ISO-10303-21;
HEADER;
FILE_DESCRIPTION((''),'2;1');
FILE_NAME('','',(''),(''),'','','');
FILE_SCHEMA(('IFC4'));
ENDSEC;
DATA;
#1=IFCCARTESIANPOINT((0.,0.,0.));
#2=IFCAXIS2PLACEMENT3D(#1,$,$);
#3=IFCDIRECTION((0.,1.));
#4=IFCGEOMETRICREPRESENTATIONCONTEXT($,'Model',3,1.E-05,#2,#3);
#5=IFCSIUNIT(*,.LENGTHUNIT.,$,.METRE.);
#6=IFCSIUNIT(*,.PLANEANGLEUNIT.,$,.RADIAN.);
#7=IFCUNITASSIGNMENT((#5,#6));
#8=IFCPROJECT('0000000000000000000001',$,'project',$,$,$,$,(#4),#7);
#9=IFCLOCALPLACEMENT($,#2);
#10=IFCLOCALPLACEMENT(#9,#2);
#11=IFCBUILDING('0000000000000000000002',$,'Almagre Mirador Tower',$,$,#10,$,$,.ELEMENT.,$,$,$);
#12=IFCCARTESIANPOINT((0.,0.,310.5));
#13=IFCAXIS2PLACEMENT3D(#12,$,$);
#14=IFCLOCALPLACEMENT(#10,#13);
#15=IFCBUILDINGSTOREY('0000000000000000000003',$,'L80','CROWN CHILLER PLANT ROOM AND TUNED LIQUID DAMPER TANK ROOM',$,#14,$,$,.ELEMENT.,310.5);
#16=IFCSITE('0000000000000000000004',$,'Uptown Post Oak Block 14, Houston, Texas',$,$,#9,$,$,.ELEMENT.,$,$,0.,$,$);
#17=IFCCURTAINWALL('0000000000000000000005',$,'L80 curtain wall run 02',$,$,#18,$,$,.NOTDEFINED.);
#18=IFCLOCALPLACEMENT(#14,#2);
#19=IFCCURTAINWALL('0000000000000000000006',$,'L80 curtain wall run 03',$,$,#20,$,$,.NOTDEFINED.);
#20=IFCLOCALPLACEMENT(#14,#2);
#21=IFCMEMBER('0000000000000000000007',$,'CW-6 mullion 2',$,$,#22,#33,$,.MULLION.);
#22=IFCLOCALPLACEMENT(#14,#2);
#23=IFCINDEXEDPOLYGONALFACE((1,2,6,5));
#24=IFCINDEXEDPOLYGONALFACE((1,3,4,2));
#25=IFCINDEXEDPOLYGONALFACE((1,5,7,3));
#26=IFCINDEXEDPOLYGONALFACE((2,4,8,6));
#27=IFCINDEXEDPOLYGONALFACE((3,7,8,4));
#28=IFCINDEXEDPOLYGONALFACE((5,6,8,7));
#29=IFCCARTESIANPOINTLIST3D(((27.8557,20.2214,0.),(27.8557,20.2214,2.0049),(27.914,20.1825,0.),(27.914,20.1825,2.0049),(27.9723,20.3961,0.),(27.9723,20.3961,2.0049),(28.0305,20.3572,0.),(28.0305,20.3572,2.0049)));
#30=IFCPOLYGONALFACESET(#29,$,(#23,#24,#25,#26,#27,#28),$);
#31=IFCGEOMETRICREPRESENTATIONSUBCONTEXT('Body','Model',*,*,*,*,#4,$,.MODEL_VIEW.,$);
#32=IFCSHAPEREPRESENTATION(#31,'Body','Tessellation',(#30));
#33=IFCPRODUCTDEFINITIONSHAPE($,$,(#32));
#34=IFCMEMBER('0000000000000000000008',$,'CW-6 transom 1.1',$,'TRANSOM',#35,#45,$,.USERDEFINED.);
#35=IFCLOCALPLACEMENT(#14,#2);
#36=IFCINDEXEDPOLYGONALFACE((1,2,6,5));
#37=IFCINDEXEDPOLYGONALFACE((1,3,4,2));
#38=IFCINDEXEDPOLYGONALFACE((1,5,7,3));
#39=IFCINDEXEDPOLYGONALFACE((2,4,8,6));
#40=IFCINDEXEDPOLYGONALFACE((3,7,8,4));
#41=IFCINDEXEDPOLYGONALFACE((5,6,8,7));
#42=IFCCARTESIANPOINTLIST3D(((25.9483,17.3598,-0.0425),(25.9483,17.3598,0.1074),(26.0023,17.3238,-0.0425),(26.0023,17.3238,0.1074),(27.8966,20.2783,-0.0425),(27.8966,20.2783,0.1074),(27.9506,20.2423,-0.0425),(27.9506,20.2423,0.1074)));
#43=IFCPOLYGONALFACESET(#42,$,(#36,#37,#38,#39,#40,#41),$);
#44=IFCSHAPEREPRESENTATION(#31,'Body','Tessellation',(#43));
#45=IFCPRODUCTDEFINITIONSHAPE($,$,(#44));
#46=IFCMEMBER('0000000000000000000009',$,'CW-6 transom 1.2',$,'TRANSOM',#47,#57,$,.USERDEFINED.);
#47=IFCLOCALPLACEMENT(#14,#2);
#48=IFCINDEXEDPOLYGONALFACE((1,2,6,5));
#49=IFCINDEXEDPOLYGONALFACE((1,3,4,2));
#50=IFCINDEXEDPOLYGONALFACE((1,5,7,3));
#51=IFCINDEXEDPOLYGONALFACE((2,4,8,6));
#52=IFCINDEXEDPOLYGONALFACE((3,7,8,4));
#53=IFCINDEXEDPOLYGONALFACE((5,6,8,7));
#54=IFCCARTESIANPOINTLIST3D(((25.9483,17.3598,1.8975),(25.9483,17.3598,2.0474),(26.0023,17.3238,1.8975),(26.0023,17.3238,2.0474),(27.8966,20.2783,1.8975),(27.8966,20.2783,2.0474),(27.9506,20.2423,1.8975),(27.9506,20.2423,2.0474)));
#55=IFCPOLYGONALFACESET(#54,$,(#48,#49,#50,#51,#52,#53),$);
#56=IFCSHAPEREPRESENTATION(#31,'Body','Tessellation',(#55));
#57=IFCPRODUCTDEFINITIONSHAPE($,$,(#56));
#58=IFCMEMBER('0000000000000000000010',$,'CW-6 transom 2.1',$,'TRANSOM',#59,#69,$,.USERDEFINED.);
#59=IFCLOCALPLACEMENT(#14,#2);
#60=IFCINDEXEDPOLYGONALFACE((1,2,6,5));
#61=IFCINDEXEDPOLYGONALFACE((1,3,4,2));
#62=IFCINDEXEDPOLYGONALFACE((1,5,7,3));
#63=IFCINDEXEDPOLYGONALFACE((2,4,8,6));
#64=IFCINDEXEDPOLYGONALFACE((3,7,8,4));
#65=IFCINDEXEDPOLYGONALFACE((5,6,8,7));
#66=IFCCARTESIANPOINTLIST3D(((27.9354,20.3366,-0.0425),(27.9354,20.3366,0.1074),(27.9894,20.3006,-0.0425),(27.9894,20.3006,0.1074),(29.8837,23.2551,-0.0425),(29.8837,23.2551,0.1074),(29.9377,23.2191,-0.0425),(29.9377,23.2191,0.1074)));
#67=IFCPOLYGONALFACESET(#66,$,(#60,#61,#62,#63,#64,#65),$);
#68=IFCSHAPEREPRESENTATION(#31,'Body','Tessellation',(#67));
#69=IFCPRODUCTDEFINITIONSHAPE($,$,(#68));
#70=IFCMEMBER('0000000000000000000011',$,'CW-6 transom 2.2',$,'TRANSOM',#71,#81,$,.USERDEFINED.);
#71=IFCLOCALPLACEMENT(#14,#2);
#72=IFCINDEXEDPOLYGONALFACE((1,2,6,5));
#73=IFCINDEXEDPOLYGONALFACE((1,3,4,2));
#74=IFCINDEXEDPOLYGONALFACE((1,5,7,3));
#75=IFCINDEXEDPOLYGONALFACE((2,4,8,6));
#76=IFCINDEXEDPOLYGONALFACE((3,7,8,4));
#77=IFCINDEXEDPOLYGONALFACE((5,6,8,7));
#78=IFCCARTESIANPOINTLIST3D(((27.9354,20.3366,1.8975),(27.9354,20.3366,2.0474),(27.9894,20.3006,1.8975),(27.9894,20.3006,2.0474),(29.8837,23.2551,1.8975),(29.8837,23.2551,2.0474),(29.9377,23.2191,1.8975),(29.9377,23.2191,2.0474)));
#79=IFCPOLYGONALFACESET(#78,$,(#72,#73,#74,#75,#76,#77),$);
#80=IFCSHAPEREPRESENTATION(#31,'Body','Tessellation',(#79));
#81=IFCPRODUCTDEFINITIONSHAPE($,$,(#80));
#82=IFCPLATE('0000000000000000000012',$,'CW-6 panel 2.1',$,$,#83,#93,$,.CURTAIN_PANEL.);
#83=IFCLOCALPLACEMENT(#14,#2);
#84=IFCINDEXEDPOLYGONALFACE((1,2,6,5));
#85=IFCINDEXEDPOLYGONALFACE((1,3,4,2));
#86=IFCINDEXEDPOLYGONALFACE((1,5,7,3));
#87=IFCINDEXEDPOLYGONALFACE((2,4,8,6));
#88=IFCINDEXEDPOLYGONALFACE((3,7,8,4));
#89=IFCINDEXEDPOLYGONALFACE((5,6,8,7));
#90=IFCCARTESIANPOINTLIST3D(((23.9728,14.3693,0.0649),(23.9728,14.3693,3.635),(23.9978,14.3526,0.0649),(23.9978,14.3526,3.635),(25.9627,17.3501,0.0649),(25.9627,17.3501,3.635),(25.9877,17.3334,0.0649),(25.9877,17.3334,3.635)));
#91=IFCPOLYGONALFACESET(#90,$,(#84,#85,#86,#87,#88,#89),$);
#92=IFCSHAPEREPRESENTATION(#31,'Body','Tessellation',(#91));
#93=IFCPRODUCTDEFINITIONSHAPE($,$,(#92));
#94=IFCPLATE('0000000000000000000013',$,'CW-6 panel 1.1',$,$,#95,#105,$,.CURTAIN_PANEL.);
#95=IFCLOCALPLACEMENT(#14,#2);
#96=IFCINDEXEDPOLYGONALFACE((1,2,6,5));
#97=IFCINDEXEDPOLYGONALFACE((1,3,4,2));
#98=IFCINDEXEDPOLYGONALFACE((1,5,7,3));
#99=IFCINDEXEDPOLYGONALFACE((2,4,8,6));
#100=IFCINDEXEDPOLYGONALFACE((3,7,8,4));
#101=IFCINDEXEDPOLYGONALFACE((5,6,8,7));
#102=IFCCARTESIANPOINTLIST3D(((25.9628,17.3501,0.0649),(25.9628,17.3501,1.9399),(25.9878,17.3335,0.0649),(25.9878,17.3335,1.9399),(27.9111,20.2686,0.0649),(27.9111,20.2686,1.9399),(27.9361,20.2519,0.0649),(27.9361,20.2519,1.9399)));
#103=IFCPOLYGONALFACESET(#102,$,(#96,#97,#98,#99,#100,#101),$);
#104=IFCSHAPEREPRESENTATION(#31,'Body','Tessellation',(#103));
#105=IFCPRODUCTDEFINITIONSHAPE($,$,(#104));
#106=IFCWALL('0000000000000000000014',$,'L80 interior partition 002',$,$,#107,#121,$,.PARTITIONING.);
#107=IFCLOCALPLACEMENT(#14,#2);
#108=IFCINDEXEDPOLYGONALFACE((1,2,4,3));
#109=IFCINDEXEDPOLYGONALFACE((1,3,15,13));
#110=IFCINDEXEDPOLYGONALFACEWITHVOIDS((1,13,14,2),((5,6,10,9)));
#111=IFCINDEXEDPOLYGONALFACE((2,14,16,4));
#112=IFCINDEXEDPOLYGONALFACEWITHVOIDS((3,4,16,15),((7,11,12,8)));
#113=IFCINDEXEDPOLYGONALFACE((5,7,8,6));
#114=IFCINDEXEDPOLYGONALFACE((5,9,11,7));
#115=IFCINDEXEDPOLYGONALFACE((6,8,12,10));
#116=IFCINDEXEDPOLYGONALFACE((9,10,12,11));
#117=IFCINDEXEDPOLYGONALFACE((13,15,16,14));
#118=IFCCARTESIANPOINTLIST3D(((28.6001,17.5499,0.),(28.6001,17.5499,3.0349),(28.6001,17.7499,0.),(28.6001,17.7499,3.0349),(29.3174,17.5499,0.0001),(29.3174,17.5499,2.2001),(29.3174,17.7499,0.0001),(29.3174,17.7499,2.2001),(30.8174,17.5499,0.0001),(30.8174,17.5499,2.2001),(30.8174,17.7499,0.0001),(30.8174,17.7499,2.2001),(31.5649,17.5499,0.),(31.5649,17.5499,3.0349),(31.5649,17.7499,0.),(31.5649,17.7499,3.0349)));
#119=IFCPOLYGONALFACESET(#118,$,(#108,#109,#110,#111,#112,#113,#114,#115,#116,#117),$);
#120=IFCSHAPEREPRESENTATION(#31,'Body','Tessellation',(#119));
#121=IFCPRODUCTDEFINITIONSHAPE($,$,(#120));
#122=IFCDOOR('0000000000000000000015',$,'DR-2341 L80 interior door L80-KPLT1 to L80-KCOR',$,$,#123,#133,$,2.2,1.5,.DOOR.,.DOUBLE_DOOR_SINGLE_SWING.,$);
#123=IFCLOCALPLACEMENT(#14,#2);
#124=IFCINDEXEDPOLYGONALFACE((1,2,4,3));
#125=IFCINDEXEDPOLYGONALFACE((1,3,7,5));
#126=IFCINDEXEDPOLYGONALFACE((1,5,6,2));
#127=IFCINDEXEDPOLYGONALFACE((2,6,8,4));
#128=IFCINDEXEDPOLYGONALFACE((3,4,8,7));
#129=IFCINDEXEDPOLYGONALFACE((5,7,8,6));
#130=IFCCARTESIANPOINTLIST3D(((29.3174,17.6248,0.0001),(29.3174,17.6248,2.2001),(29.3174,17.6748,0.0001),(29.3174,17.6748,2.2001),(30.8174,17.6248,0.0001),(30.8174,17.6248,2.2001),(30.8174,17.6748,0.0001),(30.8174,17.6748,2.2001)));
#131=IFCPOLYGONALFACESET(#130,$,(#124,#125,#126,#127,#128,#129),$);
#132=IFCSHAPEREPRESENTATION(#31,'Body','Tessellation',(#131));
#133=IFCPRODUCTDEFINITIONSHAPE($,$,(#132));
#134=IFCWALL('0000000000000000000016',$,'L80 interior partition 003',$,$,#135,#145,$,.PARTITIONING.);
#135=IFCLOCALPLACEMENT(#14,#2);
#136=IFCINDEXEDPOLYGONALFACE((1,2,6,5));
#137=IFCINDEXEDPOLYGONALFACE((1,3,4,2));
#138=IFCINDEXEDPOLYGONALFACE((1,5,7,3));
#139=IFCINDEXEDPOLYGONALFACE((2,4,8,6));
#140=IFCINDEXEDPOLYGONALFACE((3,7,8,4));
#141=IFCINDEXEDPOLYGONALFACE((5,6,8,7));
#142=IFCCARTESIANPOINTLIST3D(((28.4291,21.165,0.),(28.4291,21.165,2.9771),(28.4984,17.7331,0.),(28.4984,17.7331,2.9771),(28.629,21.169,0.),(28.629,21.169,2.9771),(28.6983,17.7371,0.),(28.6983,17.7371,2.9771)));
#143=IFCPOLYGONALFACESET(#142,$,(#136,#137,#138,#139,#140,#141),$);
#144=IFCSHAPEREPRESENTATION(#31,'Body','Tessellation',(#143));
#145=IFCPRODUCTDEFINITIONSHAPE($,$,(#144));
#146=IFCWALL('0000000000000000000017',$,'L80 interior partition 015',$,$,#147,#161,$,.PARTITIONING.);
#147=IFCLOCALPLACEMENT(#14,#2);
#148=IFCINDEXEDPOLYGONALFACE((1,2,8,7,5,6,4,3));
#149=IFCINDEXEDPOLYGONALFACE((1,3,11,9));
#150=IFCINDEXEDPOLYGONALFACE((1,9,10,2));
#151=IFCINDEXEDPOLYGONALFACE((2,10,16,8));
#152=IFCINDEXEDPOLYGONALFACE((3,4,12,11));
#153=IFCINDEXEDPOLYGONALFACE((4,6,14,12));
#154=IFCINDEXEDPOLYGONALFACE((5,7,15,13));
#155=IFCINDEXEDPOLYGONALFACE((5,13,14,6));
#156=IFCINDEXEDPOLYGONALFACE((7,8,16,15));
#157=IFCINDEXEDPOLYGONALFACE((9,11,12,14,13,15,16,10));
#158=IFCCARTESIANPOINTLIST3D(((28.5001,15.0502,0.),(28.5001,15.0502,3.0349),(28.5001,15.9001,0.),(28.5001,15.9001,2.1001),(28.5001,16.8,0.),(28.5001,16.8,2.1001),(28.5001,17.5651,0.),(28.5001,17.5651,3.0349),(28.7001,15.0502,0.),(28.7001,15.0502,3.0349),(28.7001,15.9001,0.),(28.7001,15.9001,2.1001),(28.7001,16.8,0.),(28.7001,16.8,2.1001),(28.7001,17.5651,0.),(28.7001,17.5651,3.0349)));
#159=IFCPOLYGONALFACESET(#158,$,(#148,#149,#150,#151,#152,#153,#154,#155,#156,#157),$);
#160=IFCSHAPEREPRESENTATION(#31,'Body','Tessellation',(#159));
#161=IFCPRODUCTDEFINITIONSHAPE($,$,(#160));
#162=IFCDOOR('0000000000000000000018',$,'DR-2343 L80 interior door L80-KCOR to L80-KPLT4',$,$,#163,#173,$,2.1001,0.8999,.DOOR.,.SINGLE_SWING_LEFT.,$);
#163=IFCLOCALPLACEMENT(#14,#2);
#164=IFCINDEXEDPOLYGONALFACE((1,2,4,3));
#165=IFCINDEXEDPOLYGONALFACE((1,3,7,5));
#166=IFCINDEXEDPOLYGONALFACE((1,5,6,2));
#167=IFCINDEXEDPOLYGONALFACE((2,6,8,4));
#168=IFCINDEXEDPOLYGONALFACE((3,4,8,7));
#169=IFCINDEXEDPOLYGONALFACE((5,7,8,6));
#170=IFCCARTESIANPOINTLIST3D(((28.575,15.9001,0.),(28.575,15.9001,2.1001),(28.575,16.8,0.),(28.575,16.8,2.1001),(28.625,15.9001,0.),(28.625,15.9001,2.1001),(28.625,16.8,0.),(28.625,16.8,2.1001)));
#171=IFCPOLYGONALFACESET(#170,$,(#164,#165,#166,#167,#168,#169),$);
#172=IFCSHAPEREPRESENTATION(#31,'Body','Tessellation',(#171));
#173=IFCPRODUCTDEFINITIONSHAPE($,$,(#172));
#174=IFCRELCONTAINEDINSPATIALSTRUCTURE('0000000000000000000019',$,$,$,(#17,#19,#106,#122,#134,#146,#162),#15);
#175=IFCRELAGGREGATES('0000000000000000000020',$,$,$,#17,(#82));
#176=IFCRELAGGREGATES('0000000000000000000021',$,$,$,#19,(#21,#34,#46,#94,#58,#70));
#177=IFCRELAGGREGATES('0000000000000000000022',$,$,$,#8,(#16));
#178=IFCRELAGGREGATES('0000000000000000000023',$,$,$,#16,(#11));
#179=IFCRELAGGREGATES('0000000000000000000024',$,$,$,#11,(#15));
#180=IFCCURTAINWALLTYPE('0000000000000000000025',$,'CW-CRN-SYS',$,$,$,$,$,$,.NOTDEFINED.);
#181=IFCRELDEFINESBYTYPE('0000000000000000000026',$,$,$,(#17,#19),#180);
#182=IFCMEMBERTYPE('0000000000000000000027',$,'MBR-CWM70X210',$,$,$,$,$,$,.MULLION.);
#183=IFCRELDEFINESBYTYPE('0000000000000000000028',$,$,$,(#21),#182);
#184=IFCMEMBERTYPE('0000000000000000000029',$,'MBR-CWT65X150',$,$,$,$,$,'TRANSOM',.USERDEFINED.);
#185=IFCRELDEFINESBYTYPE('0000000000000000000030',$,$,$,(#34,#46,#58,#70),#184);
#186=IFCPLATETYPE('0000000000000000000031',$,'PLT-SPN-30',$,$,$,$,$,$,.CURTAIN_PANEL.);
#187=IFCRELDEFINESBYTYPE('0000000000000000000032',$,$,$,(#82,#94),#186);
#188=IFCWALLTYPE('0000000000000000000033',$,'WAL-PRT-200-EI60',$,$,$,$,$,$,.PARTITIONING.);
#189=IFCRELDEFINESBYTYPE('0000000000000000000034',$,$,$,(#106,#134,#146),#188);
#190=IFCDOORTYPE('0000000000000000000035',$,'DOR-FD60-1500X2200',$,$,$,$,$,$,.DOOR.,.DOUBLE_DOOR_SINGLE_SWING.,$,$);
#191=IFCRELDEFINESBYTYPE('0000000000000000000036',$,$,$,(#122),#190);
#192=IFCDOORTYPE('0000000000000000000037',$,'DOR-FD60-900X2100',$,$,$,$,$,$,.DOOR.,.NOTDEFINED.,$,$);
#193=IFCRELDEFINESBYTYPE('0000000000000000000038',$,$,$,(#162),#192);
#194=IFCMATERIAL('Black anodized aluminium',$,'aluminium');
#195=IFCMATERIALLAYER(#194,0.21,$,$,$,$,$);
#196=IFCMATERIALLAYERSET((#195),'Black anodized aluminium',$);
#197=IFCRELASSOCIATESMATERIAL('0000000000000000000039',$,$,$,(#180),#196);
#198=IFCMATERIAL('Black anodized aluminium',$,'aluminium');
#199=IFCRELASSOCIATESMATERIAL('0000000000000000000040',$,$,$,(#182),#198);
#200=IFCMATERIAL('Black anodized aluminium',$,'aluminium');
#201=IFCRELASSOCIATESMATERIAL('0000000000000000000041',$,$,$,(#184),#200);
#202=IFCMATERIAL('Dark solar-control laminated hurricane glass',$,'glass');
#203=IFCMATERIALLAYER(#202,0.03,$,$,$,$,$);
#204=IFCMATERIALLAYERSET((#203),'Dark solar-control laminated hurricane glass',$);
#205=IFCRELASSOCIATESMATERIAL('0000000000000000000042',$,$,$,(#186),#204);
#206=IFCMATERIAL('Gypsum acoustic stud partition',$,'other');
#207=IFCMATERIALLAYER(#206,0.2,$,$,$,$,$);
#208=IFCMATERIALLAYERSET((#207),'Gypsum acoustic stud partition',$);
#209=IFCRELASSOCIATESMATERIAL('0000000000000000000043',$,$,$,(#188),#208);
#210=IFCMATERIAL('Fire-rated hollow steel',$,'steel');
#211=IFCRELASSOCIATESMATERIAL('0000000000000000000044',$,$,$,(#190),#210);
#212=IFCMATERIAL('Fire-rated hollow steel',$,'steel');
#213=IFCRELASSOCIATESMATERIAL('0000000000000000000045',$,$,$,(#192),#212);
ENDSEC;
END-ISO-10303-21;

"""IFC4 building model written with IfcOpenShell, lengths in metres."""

from ifc_helpers import new_model, si_unit, direction, frame, frame_2d, origin, origin_2d, place, context, subcontext, project, spatial, rectangle, extrude, material, layer, layer_set, material_profile, profile_set, type_object, element, fill, aggregate, save


model = new_model("IFC4")

# Units and contexts
model_context = context("Model", 3, precision=1e-05, world=origin(), true_north=direction((0.0, 1.0)))
body_context = subcontext(model_context, "Body", "Model", "MODEL_VIEW")
ifc_project = project(units=[si_unit("LENGTHUNIT", "METRE"), si_unit("PLANEANGLEUNIT", "RADIAN")], contexts=[model_context])

# Site, building, storey
site_placement = place(None, origin())
site = spatial("IfcSite", under=ifc_project, at=site_placement, Name="Uptown Post Oak Block 14, Houston, Texas", CompositionType="ELEMENT", RefElevation=0.0)
building_placement = place(site_placement, origin())
building = spatial("IfcBuilding", under=site, at=building_placement, Name="Almagre Mirador Tower", CompositionType="ELEMENT")
storey_placement = place(building_placement, frame((0.0, 0.0, 310.5)))
storey = spatial("IfcBuildingStorey", under=building, at=storey_placement, Name="L80", Description="CROWN CHILLER PLANT ROOM AND TUNED LIQUID DAMPER TANK ROOM", CompositionType="ELEMENT", Elevation=310.5)

# Curtain wall
ifc_material_1 = material(Name="Black anodized aluminium", Category="aluminium")
ifc_layer_1 = layer(ifc_material_1, 0.21)
ifc_layer_set_1 = layer_set([ifc_layer_1], Name="Black anodized aluminium")
curtain_wall_type = type_object("IfcCurtainWallType", Name="CW-CRN-SYS", PredefinedType="NOTDEFINED", material=ifc_layer_set_1)
curtain_wall_1_placement = place(storey_placement, origin())
curtain_wall_1 = element("IfcCurtainWall", 1, at=curtain_wall_1_placement, inside=storey, type_object=curtain_wall_type, Name="L80 curtain wall run 02", PredefinedType="NOTDEFINED")
ifc_material_2 = material(Name="Black anodized aluminium", Category="aluminium")
ifc_material_profile_1 = material_profile(ifc_material_2, rectangle(XDim=0.0701, YDim=0.21, at=origin_2d()), Name="CWM70X210")
ifc_profile_set_1 = profile_set([ifc_material_profile_1], Name="Black anodized aluminium")
member_type_1 = type_object("IfcMemberType", Name="MBR-CWM70X210", PredefinedType="MULLION", material=ifc_profile_set_1)

# Curtain wall, members
curtain_wall_2_placement = place(storey_placement, origin())
curtain_wall_2 = element("IfcCurtainWall", 2, at=curtain_wall_2_placement, inside=storey, type_object=curtain_wall_type, Name="L80 curtain wall run 03", PredefinedType="NOTDEFINED")
member_1_placement = place(storey_placement, frame((27.9431, 20.2893, 0.0), z_axis=(0.0, 0.0, 1.0), x_axis=(-0.831701, 0.555224, 0.0)))
member_1 = element("IfcMember", 3, at=member_1_placement, type_object=member_type_1, Name="CW-6 mullion 2", PredefinedType="MULLION", context=body_context, shape_type="SweptSolid", body=[
    extrude(rectangle(XDim=0.0701, YDim=0.21, at=origin_2d()), origin(), (0.0, 0.0, 1.0), 2.0049),
])
ifc_material_3 = material(Name="Black anodized aluminium", Category="aluminium")
ifc_material_profile_2 = material_profile(ifc_material_3, rectangle(XDim=0.0649, YDim=0.1499, at=origin_2d()), Name="CWT65X150")
ifc_profile_set_2 = profile_set([ifc_material_profile_2], Name="Black anodized aluminium")
member_type_2 = type_object("IfcMemberType", Name="MBR-CWT65X150", ElementType="TRANSOM", PredefinedType="USERDEFINED", material=ifc_profile_set_2)
member_2_placement = place(storey_placement, frame((25.9753, 17.3418, 0.0325), z_axis=(0.555214, 0.831708, 0.0), x_axis=(-0.831708, 0.555214, 0.0)))
member_2 = element("IfcMember", 4, at=member_2_placement, type_object=member_type_2, Name="CW-6 transom 1.1", ObjectType="TRANSOM", PredefinedType="USERDEFINED", context=body_context, shape_type="SweptSolid", body=[
    extrude(rectangle(XDim=0.0649, YDim=0.1499, at=origin_2d()), origin(), (0.0, 0.0, 1.0), 3.509),
])
member_3_placement = place(storey_placement, frame((25.9753, 17.3418, 1.9724), z_axis=(0.555214, 0.831708, 0.0), x_axis=(-0.831708, 0.555214, 0.0)))
member_3 = element("IfcMember", 5, at=member_3_placement, type_object=member_type_2, Name="CW-6 transom 1.2", ObjectType="TRANSOM", PredefinedType="USERDEFINED", context=body_context, shape_type="SweptSolid", body=[
    extrude(rectangle(XDim=0.0649, YDim=0.1499, at=origin_2d()), origin(), (0.0, 0.0, 1.0), 3.509),
])
member_4_placement = place(storey_placement, frame((27.9624, 20.3186, 0.0325), z_axis=(0.555214, 0.831708, 0.0), x_axis=(-0.831708, 0.555214, 0.0)))
member_4 = element("IfcMember", 6, at=member_4_placement, type_object=member_type_2, Name="CW-6 transom 2.1", ObjectType="TRANSOM", PredefinedType="USERDEFINED", context=body_context, shape_type="SweptSolid", body=[
    extrude(rectangle(XDim=0.0649, YDim=0.1499, at=origin_2d()), origin(), (0.0, 0.0, 1.0), 3.509),
])
member_5_placement = place(storey_placement, frame((27.9624, 20.3186, 1.9724), z_axis=(0.555214, 0.831708, 0.0), x_axis=(-0.831708, 0.555214, 0.0)))
member_5 = element("IfcMember", 7, at=member_5_placement, type_object=member_type_2, Name="CW-6 transom 2.2", ObjectType="TRANSOM", PredefinedType="USERDEFINED", context=body_context, shape_type="SweptSolid", body=[
    extrude(rectangle(XDim=0.0649, YDim=0.1499, at=origin_2d()), origin(), (0.0, 0.0, 1.0), 3.509),
])

# Plates
ifc_material_4 = material(Name="Dark solar-control laminated hurricane glass", Category="glass")
ifc_layer_2 = layer(ifc_material_4, 0.03)
ifc_layer_set_2 = layer_set([ifc_layer_2], Name="Dark solar-control laminated hurricane glass")
plate_type = type_object("IfcPlateType", Name="PLT-SPN-30", PredefinedType="CURTAIN_PANEL", material=ifc_layer_set_2)
plate_1_placement = place(storey_placement, frame((24.9802, 15.8513, 0.0649), z_axis=(0.0, 0.0, 1.0), x_axis=(0.555222, 0.831702, 0.0)))
plate_1 = element("IfcPlate", 8, at=plate_1_placement, type_object=plate_type, Name="CW-6 panel 2.1", PredefinedType="CURTAIN_PANEL", context=body_context, shape_type="SweptSolid", body=[
    extrude(rectangle(XDim=3.584, YDim=0.03, at=origin_2d()), origin(), (0.0, 0.0, 1.0), 3.5701),
])
aggregate(curtain_wall_1, [plate_1])
plate_2_placement = place(storey_placement, frame((26.9495, 18.801, 0.0649), z_axis=(0.0, 0.0, 1.0), x_axis=(0.555224, 0.831701, 0.0)))
plate_2 = element("IfcPlate", 9, at=plate_2_placement, type_object=plate_type, Name="CW-6 panel 1.1", PredefinedType="CURTAIN_PANEL", context=body_context, shape_type="SweptSolid", body=[
    extrude(rectangle(XDim=3.509, YDim=0.03, at=origin_2d()), origin(), (0.0, 0.0, 1.0), 1.875),
])
aggregate(curtain_wall_2, [member_1, member_2, member_3, plate_2, member_4, member_5])

# Wall, opening, door
ifc_material_5 = material(Name="Gypsum acoustic stud partition", Category="other")
ifc_layer_3 = layer(ifc_material_5, 0.2)
ifc_layer_set_3 = layer_set([ifc_layer_3], Name="Gypsum acoustic stud partition")
wall_type_1 = type_object("IfcWallType", Name="WAL-PRT-200-EI60", PredefinedType="PARTITIONING", material=ifc_layer_set_3)
wall_1_placement = place(storey_placement, frame((28.6001, 17.6499, 0.0), z_axis=(0.0, 0.0, 1.0), x_axis=(1.0, 0.0, 0.0)))
wall_1 = element("IfcWall", 10, at=wall_1_placement, inside=storey, type_object=wall_type_1, Name="L80 interior partition 002", PredefinedType="PARTITIONING", context=body_context, shape_type="SweptSolid", body=[
    extrude(rectangle(XDim=2.9648, YDim=0.2, at=frame_2d((1.4824, 0.0))), origin(), (0.0, 0.0, 1.0), 3.0349),
])
opening_1_placement = place(wall_1_placement, frame((0.7173, 0.0, 0.0)))
opening_1 = element("IfcOpeningElement", 11, at=opening_1_placement, cuts=wall_1, PredefinedType="OPENING", context=body_context, shape_type="SweptSolid", body=[
    extrude(rectangle(XDim=1.5, YDim=2.2, at=frame_2d((0.75, 1.1001))), frame((0.0, 0.1101, 0.0), z_axis=(0.0, -1.0, 0.0), x_axis=(1.0, 0.0, 0.0)), (0.0, 0.0, 1.0), 0.22),
])
ifc_material_6 = material(Name="Fire-rated hollow steel", Category="steel")
door_type_1 = type_object("IfcDoorType", Name="DOR-FD60-1500X2200", OperationType="DOUBLE_DOOR_SINGLE_SWING", PredefinedType="DOOR", material=ifc_material_6)
door_1_placement = place(opening_1_placement, origin())
door_1 = element("IfcDoor", 12, at=door_1_placement, inside=storey, type_object=door_type_1, Name="DR-2341 L80 interior door L80-KPLT1 to L80-KCOR", OperationType="DOUBLE_DOOR_SINGLE_SWING", OverallHeight=2.2, OverallWidth=1.5, PredefinedType="DOOR", context=body_context, shape_type="SweptSolid", body=[
    extrude(rectangle(XDim=1.5, YDim=2.2, at=frame_2d((0.75, 1.1001))), frame((0.0, 0.0249, 0.0), z_axis=(0.0, -1.0, 0.0), x_axis=(1.0, 0.0, 0.0)), (0.0, 0.0, 1.0), 0.05),
])
fill(opening_1, door_1)

# Wall
wall_2_placement = place(storey_placement, frame((28.5291, 21.167, 0.0), z_axis=(0.0, 0.0, 1.0), x_axis=(0.020199, -0.999796, 0.0)))
element("IfcWall", 13, at=wall_2_placement, inside=storey, type_object=wall_type_1, Name="L80 interior partition 003", PredefinedType="PARTITIONING", context=body_context, shape_type="SweptSolid", body=[
    extrude(rectangle(XDim=3.4326, YDim=0.2, at=frame_2d((1.7163, 0.0))), origin(), (0.0, 0.0, 1.0), 2.9771),
])

# Wall, opening, door
wall_3_placement = place(storey_placement, frame((28.6001, 17.5649, 0.0), z_axis=(0.0, 0.0, 1.0), x_axis=(0.0, -1.0, 0.0)))
wall_3 = element("IfcWall", 14, at=wall_3_placement, inside=storey, type_object=wall_type_1, Name="L80 interior partition 015", PredefinedType="PARTITIONING", context=body_context, shape_type="SweptSolid", body=[
    extrude(rectangle(XDim=2.5149, YDim=0.2, at=frame_2d((1.2573, 0.0))), origin(), (0.0, 0.0, 1.0), 3.0349),
])
opening_2_placement = place(wall_3_placement, frame((0.7649, 0.0, 0.0)))
opening_2 = element("IfcOpeningElement", 15, at=opening_2_placement, cuts=wall_3, PredefinedType="OPENING", context=body_context, shape_type="SweptSolid", body=[
    extrude(rectangle(XDim=0.8999, YDim=2.1001, at=frame_2d((0.45, 1.05))), frame((0.0, 0.1101, 0.0), z_axis=(0.0, -1.0, 0.0), x_axis=(1.0, 0.0, 0.0)), (0.0, 0.0, 1.0), 0.22),
])
ifc_material_7 = material(Name="Fire-rated hollow steel", Category="steel")
door_type_2 = type_object("IfcDoorType", Name="DOR-FD60-900X2100", OperationType="NOTDEFINED", PredefinedType="DOOR", material=ifc_material_7)
door_2_placement = place(opening_2_placement, origin())
door_2 = element("IfcDoor", 16, at=door_2_placement, inside=storey, type_object=door_type_2, Name="DR-2343 L80 interior door L80-KCOR to L80-KPLT4", OperationType="SINGLE_SWING_LEFT", OverallHeight=2.1001, OverallWidth=0.8999, PredefinedType="DOOR", context=body_context, shape_type="SweptSolid", body=[
    extrude(rectangle(XDim=0.8999, YDim=2.1001, at=frame_2d((0.45, 1.05))), frame((0.0, 0.0249, 0.0), z_axis=(0.0, -1.0, 0.0), x_axis=(1.0, 0.0, 0.0)), (0.0, 0.0, 1.0), 0.05),
])
fill(opening_2, door_2)

save(model, "model.ifc")
